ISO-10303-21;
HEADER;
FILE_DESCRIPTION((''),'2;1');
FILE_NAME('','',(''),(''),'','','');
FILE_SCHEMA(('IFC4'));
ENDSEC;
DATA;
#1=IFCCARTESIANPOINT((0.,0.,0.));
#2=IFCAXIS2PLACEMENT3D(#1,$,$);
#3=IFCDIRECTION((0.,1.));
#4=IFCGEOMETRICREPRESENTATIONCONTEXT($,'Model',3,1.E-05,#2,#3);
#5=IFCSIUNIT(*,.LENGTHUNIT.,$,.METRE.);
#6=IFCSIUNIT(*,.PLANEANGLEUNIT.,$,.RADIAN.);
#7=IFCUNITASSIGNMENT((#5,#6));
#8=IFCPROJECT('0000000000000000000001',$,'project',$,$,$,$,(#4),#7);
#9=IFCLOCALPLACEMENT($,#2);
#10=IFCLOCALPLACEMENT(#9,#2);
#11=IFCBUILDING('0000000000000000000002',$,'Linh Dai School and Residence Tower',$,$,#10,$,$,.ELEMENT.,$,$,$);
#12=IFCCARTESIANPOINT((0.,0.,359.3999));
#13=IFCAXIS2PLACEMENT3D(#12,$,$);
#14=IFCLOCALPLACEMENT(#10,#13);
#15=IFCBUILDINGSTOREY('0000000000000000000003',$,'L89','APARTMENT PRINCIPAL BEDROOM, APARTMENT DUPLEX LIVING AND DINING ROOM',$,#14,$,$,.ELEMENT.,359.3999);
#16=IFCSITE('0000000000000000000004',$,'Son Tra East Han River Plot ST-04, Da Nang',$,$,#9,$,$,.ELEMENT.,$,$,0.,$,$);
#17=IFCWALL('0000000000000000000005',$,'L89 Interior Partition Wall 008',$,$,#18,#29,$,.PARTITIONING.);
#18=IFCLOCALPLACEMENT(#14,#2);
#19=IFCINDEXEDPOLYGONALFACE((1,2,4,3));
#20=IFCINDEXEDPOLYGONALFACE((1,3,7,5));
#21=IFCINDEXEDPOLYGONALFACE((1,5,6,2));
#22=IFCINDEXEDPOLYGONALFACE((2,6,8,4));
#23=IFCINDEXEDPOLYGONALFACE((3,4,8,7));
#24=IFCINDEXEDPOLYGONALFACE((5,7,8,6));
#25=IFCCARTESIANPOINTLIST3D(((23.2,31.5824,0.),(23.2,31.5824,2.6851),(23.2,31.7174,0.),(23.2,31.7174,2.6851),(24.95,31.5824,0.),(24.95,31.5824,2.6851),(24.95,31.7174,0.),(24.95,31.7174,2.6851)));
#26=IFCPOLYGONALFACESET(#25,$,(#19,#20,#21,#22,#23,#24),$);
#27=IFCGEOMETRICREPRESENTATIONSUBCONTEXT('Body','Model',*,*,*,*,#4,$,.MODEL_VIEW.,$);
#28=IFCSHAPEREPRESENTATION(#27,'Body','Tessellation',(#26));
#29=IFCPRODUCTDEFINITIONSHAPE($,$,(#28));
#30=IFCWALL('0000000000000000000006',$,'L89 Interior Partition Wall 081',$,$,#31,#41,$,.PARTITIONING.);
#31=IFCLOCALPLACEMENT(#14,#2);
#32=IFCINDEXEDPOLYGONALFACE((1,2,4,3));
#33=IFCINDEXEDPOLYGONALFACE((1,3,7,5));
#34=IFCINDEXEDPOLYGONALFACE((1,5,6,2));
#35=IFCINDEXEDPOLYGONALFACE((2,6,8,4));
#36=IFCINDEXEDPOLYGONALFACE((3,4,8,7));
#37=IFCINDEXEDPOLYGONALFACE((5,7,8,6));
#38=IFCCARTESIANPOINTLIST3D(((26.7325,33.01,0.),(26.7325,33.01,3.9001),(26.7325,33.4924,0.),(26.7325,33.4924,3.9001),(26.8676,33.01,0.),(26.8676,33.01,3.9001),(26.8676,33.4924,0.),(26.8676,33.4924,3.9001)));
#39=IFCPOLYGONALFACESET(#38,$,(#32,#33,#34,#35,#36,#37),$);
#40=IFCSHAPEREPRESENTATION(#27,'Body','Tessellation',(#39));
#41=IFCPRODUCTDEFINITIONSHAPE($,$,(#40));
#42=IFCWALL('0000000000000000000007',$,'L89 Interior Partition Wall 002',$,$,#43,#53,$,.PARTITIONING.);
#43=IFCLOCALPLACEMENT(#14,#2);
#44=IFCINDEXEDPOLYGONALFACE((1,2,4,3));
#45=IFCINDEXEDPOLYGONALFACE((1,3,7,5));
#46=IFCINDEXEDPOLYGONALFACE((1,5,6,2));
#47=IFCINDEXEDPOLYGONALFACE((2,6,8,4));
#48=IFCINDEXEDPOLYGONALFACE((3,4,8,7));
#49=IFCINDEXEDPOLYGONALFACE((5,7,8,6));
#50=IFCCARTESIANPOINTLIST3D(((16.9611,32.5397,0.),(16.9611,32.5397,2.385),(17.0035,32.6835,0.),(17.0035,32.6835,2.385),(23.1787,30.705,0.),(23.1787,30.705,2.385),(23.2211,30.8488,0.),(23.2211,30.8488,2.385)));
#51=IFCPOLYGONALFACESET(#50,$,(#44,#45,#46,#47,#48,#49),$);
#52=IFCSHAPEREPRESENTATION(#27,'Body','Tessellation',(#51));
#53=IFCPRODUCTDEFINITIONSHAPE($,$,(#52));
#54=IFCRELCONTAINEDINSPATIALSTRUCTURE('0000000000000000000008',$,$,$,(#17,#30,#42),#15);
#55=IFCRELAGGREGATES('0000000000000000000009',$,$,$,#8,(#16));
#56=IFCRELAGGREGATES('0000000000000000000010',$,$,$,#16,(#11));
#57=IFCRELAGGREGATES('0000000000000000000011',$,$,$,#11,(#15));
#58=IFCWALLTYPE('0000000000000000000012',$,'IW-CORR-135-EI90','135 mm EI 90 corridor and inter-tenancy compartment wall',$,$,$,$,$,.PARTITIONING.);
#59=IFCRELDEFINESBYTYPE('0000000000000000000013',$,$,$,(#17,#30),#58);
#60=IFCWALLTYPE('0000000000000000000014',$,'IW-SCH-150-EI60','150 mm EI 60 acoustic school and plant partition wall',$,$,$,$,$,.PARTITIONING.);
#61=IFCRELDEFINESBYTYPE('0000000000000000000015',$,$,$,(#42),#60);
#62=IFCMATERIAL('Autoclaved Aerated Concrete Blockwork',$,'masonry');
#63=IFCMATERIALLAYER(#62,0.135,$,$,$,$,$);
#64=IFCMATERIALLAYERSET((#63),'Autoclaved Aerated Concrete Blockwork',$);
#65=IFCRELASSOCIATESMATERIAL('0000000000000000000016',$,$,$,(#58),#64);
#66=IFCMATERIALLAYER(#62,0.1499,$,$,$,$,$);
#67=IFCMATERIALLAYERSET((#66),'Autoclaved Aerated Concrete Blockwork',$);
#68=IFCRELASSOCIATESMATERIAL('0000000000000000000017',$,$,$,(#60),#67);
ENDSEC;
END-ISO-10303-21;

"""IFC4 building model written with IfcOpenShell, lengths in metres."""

from ifc_helpers import new_model, si_unit, direction, frame, frame_2d, origin, place, context, subcontext, project, spatial, rectangle, extrude, material, layer, layer_set, type_object, element, save


model = new_model("IFC4")

# Units and contexts
model_context = context("Model", 3, precision=1e-05, world=origin(), true_north=direction((0.0, 1.0)))
body_context = subcontext(model_context, "Body", "Model", "MODEL_VIEW")
ifc_project = project(units=[si_unit("LENGTHUNIT", "METRE"), si_unit("PLANEANGLEUNIT", "RADIAN")], contexts=[model_context])

# Site, building, storey
site_placement = place(None, origin())
site = spatial("IfcSite", under=ifc_project, at=site_placement, Name="Son Tra East Han River Plot ST-04, Da Nang", CompositionType="ELEMENT", RefElevation=0.0)
building_placement = place(site_placement, origin())
building = spatial("IfcBuilding", under=site, at=building_placement, Name="Linh Dai School and Residence Tower", CompositionType="ELEMENT")
storey_placement = place(building_placement, frame((0.0, 0.0, 359.3999)))
storey = spatial("IfcBuildingStorey", under=building, at=storey_placement, Name="L89", Description="APARTMENT PRINCIPAL BEDROOM, APARTMENT DUPLEX LIVING AND DINING ROOM", CompositionType="ELEMENT", Elevation=359.3999)

# Wall
ifc_material_1 = material(Name="Autoclaved Aerated Concrete Blockwork", Category="masonry")
ifc_layer_1 = layer(ifc_material_1, 0.135)
ifc_layer_set_1 = layer_set([ifc_layer_1], Name="Autoclaved Aerated Concrete Blockwork")
wall_type_1 = type_object("IfcWallType", Name="IW-CORR-135-EI90", Description="135 mm EI 90 corridor and inter-tenancy compartment wall", PredefinedType="PARTITIONING", material=ifc_layer_set_1)
wall_1_placement = place(storey_placement, frame((23.2, 31.6499, 0.0), z_axis=(0.0, 0.0, 1.0), x_axis=(1.0, 0.0, 0.0)))
element("IfcWall", 1, at=wall_1_placement, inside=storey, type_object=wall_type_1, Name="L89 Interior Partition Wall 008", PredefinedType="PARTITIONING", context=body_context, shape_type="SweptSolid", body=[
    extrude(rectangle(XDim=1.75, YDim=0.135, at=frame_2d((0.875, 0.0))), origin(), (0.0, 0.0, 1.0), 2.6851),
])

# Walls
wall_2_placement = place(storey_placement, frame((26.8, 33.4924, 0.0), z_axis=(0.0, 0.0, 1.0), x_axis=(0.0, -1.0, 0.0)))
element("IfcWall", 2, at=wall_2_placement, inside=storey, type_object=wall_type_1, Name="L89 Interior Partition Wall 081", PredefinedType="PARTITIONING", context=body_context, shape_type="SweptSolid", body=[
    extrude(rectangle(XDim=0.4824, YDim=0.135, at=frame_2d((0.2412, 0.0))), origin(), (0.0, 0.0, 1.0), 3.9001),
])
ifc_layer_2 = layer(ifc_material_1, 0.1499)
ifc_layer_set_2 = layer_set([ifc_layer_2], Name="Autoclaved Aerated Concrete Blockwork")
wall_type_2 = type_object("IfcWallType", Name="IW-SCH-150-EI60", Description="150 mm EI 60 acoustic school and plant partition wall", PredefinedType="PARTITIONING", material=ifc_layer_set_2)
wall_3_placement = place(storey_placement, frame((16.9824, 32.6116, 0.0), z_axis=(0.0, 0.0, 1.0), x_axis=(0.959113, -0.283023, 0.0)))
element("IfcWall", 3, at=wall_3_placement, inside=storey, type_object=wall_type_2, Name="L89 Interior Partition Wall 002", PredefinedType="PARTITIONING", context=body_context, shape_type="SweptSolid", body=[
    extrude(rectangle(XDim=6.4827, YDim=0.1499, at=frame_2d((3.2412, 0.0))), origin(), (0.0, 0.0, 1.0), 2.385),
])

save(model, "model.ifc")
